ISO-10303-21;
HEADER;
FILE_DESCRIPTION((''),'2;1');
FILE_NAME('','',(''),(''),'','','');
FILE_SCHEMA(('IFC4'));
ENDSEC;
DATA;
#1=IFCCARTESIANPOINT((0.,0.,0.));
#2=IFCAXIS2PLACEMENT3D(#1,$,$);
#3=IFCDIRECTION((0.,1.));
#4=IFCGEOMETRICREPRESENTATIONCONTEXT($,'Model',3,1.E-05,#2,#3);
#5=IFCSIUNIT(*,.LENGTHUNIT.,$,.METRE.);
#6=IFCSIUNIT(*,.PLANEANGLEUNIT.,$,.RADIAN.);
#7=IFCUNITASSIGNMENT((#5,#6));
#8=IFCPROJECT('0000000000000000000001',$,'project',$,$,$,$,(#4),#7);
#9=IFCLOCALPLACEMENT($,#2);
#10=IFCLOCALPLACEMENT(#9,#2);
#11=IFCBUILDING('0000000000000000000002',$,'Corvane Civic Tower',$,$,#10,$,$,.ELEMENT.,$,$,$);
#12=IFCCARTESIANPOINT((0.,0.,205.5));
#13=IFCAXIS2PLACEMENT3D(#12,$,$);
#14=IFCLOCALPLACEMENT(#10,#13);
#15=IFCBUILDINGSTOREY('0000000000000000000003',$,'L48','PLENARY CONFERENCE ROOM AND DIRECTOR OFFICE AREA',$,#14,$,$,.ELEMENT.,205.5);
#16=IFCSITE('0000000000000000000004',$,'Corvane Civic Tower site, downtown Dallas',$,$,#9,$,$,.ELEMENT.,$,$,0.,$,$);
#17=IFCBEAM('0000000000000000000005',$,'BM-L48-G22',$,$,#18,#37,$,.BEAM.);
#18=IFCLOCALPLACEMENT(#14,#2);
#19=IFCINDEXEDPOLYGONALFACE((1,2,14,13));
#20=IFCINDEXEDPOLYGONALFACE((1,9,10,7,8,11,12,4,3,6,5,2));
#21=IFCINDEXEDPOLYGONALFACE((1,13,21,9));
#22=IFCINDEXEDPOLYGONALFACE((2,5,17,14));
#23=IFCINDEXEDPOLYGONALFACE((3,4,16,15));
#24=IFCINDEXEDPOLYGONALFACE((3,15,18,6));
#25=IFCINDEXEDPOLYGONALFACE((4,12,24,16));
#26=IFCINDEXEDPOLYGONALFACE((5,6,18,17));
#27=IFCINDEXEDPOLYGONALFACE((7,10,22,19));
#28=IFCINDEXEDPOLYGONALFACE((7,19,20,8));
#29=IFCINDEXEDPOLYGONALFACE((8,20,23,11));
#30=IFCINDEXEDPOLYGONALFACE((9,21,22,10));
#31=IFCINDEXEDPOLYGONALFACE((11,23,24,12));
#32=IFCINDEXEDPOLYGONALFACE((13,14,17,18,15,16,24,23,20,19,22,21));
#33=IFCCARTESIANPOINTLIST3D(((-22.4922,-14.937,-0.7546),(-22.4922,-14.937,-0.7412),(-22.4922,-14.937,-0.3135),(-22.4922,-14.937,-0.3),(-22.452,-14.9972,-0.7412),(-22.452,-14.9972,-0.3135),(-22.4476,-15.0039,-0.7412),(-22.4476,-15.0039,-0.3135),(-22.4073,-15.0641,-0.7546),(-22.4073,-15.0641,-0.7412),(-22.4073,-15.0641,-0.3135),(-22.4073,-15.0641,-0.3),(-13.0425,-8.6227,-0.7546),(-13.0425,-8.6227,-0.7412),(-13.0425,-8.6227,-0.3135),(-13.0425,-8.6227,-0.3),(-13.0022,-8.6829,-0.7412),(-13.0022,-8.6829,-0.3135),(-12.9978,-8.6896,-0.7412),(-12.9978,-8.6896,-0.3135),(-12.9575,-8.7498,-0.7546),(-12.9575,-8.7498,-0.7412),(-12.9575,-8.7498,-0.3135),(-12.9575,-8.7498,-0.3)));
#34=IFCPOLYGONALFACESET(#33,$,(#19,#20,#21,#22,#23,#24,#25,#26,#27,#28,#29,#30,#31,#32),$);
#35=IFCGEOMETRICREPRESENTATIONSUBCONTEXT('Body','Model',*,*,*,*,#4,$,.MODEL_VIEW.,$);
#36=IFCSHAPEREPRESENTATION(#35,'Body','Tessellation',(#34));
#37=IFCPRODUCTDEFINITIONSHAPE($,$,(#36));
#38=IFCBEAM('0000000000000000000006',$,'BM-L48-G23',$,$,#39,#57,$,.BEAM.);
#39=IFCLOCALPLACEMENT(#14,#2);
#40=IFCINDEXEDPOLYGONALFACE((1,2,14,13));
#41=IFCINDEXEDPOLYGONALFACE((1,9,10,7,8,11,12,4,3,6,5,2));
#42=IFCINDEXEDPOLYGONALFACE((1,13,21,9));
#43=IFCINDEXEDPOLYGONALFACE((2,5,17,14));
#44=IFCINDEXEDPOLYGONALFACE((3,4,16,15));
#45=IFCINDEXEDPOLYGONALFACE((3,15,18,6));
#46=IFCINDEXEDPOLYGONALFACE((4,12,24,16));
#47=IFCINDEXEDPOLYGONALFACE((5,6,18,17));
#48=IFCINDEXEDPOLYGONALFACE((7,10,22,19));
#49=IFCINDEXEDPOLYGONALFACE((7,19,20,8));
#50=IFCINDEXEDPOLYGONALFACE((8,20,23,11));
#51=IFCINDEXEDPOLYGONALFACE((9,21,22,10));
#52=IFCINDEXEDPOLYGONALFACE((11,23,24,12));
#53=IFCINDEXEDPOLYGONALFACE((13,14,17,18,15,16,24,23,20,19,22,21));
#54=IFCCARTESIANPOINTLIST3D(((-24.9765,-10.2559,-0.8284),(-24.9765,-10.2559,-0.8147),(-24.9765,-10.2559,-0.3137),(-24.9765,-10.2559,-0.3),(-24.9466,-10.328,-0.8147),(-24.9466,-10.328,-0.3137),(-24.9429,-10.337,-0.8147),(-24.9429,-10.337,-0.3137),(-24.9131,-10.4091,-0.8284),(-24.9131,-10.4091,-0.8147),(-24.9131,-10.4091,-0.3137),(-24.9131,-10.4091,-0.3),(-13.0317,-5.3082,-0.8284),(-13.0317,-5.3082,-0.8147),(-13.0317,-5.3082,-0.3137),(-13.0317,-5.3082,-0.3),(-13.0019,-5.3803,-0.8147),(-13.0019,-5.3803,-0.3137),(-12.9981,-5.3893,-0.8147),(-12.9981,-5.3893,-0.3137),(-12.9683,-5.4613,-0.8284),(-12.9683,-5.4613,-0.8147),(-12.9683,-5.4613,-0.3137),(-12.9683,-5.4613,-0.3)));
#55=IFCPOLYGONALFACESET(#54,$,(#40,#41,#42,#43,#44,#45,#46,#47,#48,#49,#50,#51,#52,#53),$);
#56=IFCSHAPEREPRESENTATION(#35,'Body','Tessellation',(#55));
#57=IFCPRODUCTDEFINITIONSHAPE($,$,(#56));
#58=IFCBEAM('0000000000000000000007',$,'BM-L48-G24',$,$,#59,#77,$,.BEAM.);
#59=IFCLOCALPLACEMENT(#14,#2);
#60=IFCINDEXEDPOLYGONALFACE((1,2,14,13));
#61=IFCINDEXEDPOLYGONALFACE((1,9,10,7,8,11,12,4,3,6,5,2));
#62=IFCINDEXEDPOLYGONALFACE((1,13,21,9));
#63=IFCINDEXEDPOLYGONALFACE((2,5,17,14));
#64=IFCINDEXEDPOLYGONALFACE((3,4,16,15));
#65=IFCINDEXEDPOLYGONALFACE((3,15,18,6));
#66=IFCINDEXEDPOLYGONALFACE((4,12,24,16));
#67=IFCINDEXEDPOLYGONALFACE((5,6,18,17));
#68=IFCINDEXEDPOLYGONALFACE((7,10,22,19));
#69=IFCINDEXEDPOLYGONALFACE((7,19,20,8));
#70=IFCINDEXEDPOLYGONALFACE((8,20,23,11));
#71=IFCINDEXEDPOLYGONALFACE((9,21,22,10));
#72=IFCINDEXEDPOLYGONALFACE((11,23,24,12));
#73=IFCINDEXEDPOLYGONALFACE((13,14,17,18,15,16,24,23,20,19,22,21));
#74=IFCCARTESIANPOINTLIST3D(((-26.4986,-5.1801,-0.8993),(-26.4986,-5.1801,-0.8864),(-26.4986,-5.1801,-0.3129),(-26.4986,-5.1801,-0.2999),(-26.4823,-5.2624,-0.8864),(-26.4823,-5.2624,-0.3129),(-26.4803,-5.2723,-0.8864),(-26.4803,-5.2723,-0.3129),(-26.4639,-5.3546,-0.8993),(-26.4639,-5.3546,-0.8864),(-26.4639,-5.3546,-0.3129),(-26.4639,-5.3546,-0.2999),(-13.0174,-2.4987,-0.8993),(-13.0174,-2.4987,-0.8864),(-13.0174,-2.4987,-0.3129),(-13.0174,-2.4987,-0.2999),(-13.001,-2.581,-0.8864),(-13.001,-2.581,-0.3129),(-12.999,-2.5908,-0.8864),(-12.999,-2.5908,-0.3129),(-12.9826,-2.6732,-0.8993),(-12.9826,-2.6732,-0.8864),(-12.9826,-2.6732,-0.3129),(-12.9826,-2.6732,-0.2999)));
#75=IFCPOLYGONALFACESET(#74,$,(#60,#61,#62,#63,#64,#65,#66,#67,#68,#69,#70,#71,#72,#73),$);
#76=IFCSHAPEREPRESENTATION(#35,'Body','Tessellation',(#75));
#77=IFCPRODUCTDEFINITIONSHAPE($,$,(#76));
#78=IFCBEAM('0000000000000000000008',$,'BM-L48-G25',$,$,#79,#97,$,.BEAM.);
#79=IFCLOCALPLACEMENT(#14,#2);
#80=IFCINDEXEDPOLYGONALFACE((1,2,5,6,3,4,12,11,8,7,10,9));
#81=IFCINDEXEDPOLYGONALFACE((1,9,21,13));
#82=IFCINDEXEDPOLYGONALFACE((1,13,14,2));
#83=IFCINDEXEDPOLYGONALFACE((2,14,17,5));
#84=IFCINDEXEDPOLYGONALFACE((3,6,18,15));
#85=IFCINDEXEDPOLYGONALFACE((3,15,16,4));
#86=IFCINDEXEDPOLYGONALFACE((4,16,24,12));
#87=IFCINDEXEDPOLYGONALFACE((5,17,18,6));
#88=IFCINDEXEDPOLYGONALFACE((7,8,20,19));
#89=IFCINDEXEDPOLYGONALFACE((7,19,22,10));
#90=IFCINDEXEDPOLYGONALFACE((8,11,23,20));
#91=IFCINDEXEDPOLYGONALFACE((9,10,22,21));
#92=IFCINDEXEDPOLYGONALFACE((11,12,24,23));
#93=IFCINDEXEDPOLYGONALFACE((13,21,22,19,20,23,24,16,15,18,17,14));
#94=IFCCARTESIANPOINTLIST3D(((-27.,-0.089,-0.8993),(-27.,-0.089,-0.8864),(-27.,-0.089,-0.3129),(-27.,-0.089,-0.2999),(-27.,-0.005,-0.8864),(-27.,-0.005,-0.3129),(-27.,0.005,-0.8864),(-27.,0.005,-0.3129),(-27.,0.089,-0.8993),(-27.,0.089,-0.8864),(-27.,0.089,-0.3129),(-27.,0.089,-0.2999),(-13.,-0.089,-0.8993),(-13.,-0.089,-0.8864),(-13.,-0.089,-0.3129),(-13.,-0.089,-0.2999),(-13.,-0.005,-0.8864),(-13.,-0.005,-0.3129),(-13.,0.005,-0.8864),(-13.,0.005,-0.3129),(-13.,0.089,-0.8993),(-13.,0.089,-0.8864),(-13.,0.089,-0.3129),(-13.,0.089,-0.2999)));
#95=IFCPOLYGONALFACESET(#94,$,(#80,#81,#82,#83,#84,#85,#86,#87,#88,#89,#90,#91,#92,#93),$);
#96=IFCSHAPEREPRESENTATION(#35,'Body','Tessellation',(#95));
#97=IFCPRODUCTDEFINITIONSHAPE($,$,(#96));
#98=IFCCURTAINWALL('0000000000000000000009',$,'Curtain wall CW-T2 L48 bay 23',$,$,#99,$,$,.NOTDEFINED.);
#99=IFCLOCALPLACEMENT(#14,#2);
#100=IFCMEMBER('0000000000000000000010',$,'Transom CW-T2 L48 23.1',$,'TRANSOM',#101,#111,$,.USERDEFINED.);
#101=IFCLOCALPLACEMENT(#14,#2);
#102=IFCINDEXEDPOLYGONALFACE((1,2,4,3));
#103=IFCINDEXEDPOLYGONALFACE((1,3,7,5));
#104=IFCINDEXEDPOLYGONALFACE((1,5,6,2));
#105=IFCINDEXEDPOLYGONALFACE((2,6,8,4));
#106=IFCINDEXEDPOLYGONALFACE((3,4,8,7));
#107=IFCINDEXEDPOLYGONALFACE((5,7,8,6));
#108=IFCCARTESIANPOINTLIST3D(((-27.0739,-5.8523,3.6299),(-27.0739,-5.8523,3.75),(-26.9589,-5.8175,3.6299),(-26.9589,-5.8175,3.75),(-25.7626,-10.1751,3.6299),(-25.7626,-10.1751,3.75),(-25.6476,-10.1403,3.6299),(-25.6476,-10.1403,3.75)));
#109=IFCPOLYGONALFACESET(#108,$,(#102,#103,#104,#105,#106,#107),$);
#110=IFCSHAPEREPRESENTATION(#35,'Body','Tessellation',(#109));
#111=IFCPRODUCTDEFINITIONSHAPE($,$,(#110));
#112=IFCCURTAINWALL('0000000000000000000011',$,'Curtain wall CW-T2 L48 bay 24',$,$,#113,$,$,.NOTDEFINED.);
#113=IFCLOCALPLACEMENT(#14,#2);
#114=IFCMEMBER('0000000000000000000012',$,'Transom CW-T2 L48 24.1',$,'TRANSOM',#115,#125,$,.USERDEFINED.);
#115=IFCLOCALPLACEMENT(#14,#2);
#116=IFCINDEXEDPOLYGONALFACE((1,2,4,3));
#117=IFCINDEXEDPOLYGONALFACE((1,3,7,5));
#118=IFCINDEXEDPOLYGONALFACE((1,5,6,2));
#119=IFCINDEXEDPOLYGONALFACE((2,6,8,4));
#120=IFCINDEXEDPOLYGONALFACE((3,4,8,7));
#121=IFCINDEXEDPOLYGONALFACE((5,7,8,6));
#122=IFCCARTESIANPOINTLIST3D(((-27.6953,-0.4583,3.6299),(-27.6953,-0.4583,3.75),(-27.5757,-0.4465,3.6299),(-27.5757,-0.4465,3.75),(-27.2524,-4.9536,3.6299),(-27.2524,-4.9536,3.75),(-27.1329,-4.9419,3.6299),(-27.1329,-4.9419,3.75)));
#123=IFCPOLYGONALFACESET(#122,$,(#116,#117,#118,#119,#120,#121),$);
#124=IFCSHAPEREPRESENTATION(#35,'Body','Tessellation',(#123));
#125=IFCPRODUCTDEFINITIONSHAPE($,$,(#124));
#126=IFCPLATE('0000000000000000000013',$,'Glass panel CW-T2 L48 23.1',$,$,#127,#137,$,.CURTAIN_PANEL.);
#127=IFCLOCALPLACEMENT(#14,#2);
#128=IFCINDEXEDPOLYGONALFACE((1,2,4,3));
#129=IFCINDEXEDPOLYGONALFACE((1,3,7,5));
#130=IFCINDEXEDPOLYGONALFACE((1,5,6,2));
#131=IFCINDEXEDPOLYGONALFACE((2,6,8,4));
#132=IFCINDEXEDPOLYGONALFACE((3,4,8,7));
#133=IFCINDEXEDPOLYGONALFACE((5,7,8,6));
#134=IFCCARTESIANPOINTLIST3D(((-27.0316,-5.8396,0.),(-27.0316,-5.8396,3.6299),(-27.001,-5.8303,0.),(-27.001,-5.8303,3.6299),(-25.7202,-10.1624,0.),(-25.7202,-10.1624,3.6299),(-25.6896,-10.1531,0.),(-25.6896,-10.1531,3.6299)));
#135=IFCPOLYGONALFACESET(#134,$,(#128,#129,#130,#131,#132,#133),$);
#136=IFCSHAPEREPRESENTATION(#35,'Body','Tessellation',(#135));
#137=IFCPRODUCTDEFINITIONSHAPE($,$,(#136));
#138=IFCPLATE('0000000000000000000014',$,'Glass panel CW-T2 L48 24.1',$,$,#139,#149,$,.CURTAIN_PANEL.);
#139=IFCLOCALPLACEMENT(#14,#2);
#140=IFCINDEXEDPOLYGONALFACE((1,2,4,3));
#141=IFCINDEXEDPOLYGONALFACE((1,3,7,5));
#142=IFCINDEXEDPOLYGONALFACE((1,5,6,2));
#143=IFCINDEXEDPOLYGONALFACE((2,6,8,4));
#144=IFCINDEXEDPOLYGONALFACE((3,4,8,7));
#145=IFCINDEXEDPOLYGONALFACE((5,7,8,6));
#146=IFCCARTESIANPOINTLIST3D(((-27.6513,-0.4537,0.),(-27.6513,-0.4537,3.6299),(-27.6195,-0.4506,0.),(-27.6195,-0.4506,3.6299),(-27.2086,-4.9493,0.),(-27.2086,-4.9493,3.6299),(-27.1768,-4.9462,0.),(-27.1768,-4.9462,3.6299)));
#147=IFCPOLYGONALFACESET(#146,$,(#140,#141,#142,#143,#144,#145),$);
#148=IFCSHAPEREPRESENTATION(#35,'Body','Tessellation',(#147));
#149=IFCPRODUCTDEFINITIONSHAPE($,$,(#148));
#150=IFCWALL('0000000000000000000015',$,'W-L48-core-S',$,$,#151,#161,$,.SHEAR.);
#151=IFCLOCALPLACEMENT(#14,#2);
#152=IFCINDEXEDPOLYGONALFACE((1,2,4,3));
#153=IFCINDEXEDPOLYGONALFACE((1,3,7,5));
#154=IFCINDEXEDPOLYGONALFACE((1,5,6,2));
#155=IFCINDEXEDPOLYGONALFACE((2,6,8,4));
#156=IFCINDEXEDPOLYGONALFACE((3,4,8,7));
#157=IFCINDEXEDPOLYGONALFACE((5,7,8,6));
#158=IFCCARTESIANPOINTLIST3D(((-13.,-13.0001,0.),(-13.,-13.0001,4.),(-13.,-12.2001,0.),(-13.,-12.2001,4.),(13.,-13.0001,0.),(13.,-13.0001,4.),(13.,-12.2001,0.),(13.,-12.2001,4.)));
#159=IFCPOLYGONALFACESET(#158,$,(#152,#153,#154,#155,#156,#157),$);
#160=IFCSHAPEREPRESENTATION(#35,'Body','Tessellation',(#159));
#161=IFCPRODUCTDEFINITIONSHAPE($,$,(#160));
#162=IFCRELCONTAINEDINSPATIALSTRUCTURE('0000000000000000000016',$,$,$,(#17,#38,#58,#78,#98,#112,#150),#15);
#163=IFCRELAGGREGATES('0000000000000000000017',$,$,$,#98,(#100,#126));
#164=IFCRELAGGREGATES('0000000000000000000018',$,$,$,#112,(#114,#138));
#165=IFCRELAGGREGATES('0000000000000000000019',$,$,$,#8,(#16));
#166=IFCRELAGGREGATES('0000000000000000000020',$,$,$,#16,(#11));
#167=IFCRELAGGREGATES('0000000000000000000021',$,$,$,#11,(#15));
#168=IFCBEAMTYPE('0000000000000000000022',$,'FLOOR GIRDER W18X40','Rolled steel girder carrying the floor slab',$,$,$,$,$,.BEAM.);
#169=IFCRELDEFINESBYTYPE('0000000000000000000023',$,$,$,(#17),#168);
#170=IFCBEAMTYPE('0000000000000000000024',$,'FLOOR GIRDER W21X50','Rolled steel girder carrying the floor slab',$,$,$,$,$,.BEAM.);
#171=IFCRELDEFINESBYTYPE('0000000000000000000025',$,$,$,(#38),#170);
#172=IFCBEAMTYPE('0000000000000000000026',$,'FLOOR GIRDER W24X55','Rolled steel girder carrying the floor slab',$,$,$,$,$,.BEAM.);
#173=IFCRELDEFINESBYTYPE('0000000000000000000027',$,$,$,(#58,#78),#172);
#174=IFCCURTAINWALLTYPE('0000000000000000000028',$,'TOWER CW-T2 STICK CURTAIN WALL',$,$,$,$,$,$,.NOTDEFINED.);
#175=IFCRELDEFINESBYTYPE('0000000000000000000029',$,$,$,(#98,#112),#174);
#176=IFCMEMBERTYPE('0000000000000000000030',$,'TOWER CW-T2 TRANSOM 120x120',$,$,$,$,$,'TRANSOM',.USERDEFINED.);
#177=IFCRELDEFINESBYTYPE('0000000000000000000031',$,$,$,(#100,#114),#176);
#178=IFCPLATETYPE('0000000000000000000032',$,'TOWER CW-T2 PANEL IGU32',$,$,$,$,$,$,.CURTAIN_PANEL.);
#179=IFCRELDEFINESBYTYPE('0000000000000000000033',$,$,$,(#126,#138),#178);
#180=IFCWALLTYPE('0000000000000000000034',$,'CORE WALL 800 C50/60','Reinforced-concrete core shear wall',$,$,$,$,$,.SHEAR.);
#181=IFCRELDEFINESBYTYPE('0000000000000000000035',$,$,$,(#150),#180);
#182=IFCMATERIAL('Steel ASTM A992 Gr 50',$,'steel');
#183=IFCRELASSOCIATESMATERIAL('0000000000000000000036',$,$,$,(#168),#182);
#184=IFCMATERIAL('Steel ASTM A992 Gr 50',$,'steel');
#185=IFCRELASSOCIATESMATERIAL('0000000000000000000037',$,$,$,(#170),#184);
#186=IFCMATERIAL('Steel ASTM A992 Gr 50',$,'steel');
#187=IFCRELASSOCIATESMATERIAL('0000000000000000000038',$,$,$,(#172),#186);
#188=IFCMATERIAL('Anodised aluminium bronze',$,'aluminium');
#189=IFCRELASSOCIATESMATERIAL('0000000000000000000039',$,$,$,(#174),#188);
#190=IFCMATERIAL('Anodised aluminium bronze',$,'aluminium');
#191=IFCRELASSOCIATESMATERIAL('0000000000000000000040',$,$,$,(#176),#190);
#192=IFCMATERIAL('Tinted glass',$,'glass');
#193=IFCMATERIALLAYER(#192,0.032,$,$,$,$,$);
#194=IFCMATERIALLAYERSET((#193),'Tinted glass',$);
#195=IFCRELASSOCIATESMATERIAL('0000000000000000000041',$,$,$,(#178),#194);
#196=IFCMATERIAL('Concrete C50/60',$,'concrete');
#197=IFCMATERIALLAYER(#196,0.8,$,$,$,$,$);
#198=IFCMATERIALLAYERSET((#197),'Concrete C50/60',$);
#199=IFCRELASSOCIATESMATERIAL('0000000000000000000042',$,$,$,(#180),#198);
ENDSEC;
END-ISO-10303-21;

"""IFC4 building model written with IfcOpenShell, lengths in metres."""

from ifc_helpers import new_model, si_unit, direction, frame, frame_2d, origin, origin_2d, place, context, subcontext, project, spatial, rectangle, i_section, extrude, material, layer, layer_set, material_profile, profile_set, type_object, element, aggregate, save


model = new_model("IFC4")

# Units and contexts
model_context = context("Model", 3, precision=1e-05, world=origin(), true_north=direction((0.0, 1.0)))
body_context = subcontext(model_context, "Body", "Model", "MODEL_VIEW")
ifc_project = project(units=[si_unit("LENGTHUNIT", "METRE"), si_unit("PLANEANGLEUNIT", "RADIAN")], contexts=[model_context])

# Site, building, storey
site_placement = place(None, origin())
site = spatial("IfcSite", under=ifc_project, at=site_placement, Name="Corvane Civic Tower site, downtown Dallas", CompositionType="ELEMENT", RefElevation=0.0)
building_placement = place(site_placement, origin())
building = spatial("IfcBuilding", under=site, at=building_placement, Name="Corvane Civic Tower", CompositionType="ELEMENT")
storey_placement = place(building_placement, frame((0.0, 0.0, 205.5)))
storey = spatial("IfcBuildingStorey", under=building, at=storey_placement, Name="L48", Description="PLENARY CONFERENCE ROOM AND DIRECTOR OFFICE AREA", CompositionType="ELEMENT", Elevation=205.5)

# Beams
ifc_material_1 = material(Name="Steel ASTM A992 Gr 50", Category="steel")
ifc_material_profile_1 = material_profile(ifc_material_1, i_section(OverallWidth=0.1528, OverallDepth=0.4546, WebThickness=0.0081, FlangeThickness=0.0134, at=origin_2d()), Name="W18X40")
ifc_profile_set_1 = profile_set([ifc_material_profile_1], Name="Steel ASTM A992 Gr 50")
beam_type_1 = type_object("IfcBeamType", Name="FLOOR GIRDER W18X40", Description="Rolled steel girder carrying the floor slab", PredefinedType="BEAM", material=ifc_profile_set_1)
beam_1_placement = place(storey_placement, frame((-13.0, -8.6863, -0.5273), z_axis=(-0.831465, -0.555577, 0.0), x_axis=(0.555577, -0.831465, 0.0)))
element("IfcBeam", 1, at=beam_1_placement, inside=storey, type_object=beam_type_1, Name="BM-L48-G22", PredefinedType="BEAM", context=body_context, shape_type="SweptSolid", body=[
    extrude(i_section(OverallWidth=0.1528, OverallDepth=0.4546, WebThickness=0.0081, FlangeThickness=0.0134, at=origin_2d()), origin(), (0.0, 0.0, 1.0), 11.3652),
])
ifc_material_2 = material(Name="Steel ASTM A992 Gr 50", Category="steel")
ifc_material_profile_2 = material_profile(ifc_material_2, i_section(OverallWidth=0.1658, OverallDepth=0.5283, WebThickness=0.0098, FlangeThickness=0.0137, at=origin_2d()), Name="W21X50")
ifc_profile_set_2 = profile_set([ifc_material_profile_2], Name="Steel ASTM A992 Gr 50")
beam_type_2 = type_object("IfcBeamType", Name="FLOOR GIRDER W21X50", Description="Rolled steel girder carrying the floor slab", PredefinedType="BEAM", material=ifc_profile_set_2)
beam_2_placement = place(storey_placement, frame((-13.0, -5.3848, -0.5642), z_axis=(-0.923878, -0.382686, 0.0), x_axis=(0.382686, -0.923878, 0.0)))
element("IfcBeam", 2, at=beam_2_placement, inside=storey, type_object=beam_type_2, Name="BM-L48-G23", PredefinedType="BEAM", context=body_context, shape_type="SweptSolid", body=[
    extrude(i_section(OverallWidth=0.1658, OverallDepth=0.5283, WebThickness=0.0098, FlangeThickness=0.0137, at=origin_2d()), origin(), (0.0, 0.0, 1.0), 12.929),
])
ifc_material_3 = material(Name="Steel ASTM A992 Gr 50", Category="steel")
ifc_material_profile_3 = material_profile(ifc_material_3, i_section(OverallWidth=0.178, OverallDepth=0.5994, WebThickness=0.01, FlangeThickness=0.0129, at=origin_2d()), Name="W24X55")
ifc_profile_set_3 = profile_set([ifc_material_profile_3], Name="Steel ASTM A992 Gr 50")
beam_type_3 = type_object("IfcBeamType", Name="FLOOR GIRDER W24X55", Description="Rolled steel girder carrying the floor slab", PredefinedType="BEAM", material=ifc_profile_set_3)
beam_3_placement = place(storey_placement, frame((-13.0, -2.5859, -0.5996), z_axis=(-0.980788, -0.195078, 0.0), x_axis=(0.195078, -0.980788, 0.0)))
element("IfcBeam", 3, at=beam_3_placement, inside=storey, type_object=beam_type_3, Name="BM-L48-G24", PredefinedType="BEAM", context=body_context, shape_type="SweptSolid", body=[
    extrude(i_section(OverallWidth=0.178, OverallDepth=0.5994, WebThickness=0.01, FlangeThickness=0.0129, at=origin_2d()), origin(), (0.0, 0.0, 1.0), 13.7454),
])
beam_4_placement = place(storey_placement, frame((-13.0, 0.0, -0.5996), z_axis=(-1.0, 0.0, 0.0), x_axis=(0.0, -1.0, 0.0)))
element("IfcBeam", 4, at=beam_4_placement, inside=storey, type_object=beam_type_3, Name="BM-L48-G25", PredefinedType="BEAM", context=body_context, shape_type="SweptSolid", body=[
    extrude(i_section(OverallWidth=0.178, OverallDepth=0.5994, WebThickness=0.01, FlangeThickness=0.0129, at=origin_2d()), origin(), (0.0, 0.0, 1.0), 14.0),
])

# Curtain walls, members
ifc_material_4 = material(Name="Anodised aluminium bronze", Category="aluminium")
curtain_wall_type = type_object("IfcCurtainWallType", Name="TOWER CW-T2 STICK CURTAIN WALL", PredefinedType="NOTDEFINED", material=ifc_material_4)
curtain_wall_1_placement = place(storey_placement, origin())
curtain_wall_1 = element("IfcCurtainWall", 5, at=curtain_wall_1_placement, inside=storey, type_object=curtain_wall_type, Name="Curtain wall CW-T2 L48 bay 23", PredefinedType="NOTDEFINED")
ifc_material_5 = material(Name="Anodised aluminium bronze", Category="aluminium")
ifc_material_profile_4 = material_profile(ifc_material_5, rectangle(XDim=0.1201, YDim=0.1201, at=origin_2d()), Name="TOWER CW-T2 TRANSOM 120x120")
ifc_profile_set_4 = profile_set([ifc_material_profile_4], Name="Anodised aluminium bronze")
member_type = type_object("IfcMemberType", Name="TOWER CW-T2 TRANSOM 120x120", ElementType="TRANSOM", PredefinedType="USERDEFINED", material=ifc_profile_set_4)
member_1_placement = place(storey_placement, frame((-25.7051, -10.1577, 3.6899), z_axis=(-0.290282, 0.956941, 0.0), x_axis=(-0.956941, -0.290282, 0.0)))
member_1 = element("IfcMember", 6, at=member_1_placement, type_object=member_type, Name="Transom CW-T2 L48 23.1", ObjectType="TRANSOM", PredefinedType="USERDEFINED", context=body_context, shape_type="SweptSolid", body=[
    extrude(rectangle(XDim=0.1201, YDim=0.1201, at=origin_2d()), origin(), (0.0, 0.0, 1.0), 4.5173),
])
curtain_wall_2_placement = place(storey_placement, origin())
curtain_wall_2 = element("IfcCurtainWall", 7, at=curtain_wall_2_placement, inside=storey, type_object=curtain_wall_type, Name="Curtain wall CW-T2 L48 bay 24", PredefinedType="NOTDEFINED")
member_2_placement = place(storey_placement, frame((-27.1926, -4.9478, 3.6899), z_axis=(-0.098043, 0.995182, 0.0), x_axis=(-0.995182, -0.098043, 0.0)))
member_2 = element("IfcMember", 8, at=member_2_placement, type_object=member_type, Name="Transom CW-T2 L48 24.1", ObjectType="TRANSOM", PredefinedType="USERDEFINED", context=body_context, shape_type="SweptSolid", body=[
    extrude(rectangle(XDim=0.1201, YDim=0.1201, at=origin_2d()), origin(), (0.0, 0.0, 1.0), 4.5171),
])

# Plates
ifc_material_6 = material(Name="Tinted glass", Category="glass")
ifc_layer_1 = layer(ifc_material_6, 0.032)
ifc_layer_set_1 = layer_set([ifc_layer_1], Name="Tinted glass")
plate_type = type_object("IfcPlateType", Name="TOWER CW-T2 PANEL IGU32", PredefinedType="CURTAIN_PANEL", material=ifc_layer_set_1)
plate_1_placement = place(storey_placement, frame((-26.3606, -7.9963, 0.0), z_axis=(0.0, 0.0, 1.0), x_axis=(-0.29029, 0.956939, 0.0)))
plate_1 = element("IfcPlate", 9, at=plate_1_placement, type_object=plate_type, Name="Glass panel CW-T2 L48 23.1", PredefinedType="CURTAIN_PANEL", context=body_context, shape_type="SweptSolid", body=[
    extrude(rectangle(XDim=4.5173, YDim=0.032, at=origin_2d()), origin(), (0.0, 0.0, 1.0), 3.6299),
])
aggregate(curtain_wall_1, [member_1, plate_1])
plate_2_placement = place(storey_placement, frame((-27.4141, -2.7, 0.0), z_axis=(0.0, 0.0, 1.0), x_axis=(-0.097993, 0.995187, 0.0)))
plate_2 = element("IfcPlate", 10, at=plate_2_placement, type_object=plate_type, Name="Glass panel CW-T2 L48 24.1", PredefinedType="CURTAIN_PANEL", context=body_context, shape_type="SweptSolid", body=[
    extrude(rectangle(XDim=4.5173, YDim=0.032, at=origin_2d()), origin(), (0.0, 0.0, 1.0), 3.6299),
])
aggregate(curtain_wall_2, [member_2, plate_2])

# Wall
ifc_material_7 = material(Name="Concrete C50/60", Category="concrete")
ifc_layer_2 = layer(ifc_material_7, 0.8)
ifc_layer_set_2 = layer_set([ifc_layer_2], Name="Concrete C50/60")
wall_type_1 = type_object("IfcWallType", Name="CORE WALL 800 C50/60", Description="Reinforced-concrete core shear wall", PredefinedType="SHEAR", material=ifc_layer_set_2)
wall_1_placement = place(storey_placement, frame((-13.0, -12.6001, 0.0), z_axis=(0.0, 0.0, 1.0), x_axis=(1.0, 0.0, 0.0)))
element("IfcWall", 11, at=wall_1_placement, inside=storey, type_object=wall_type_1, Name="W-L48-core-S", PredefinedType="SHEAR", context=body_context, shape_type="SweptSolid", body=[
    extrude(rectangle(XDim=26.0, YDim=0.8, at=frame_2d((13.0, 0.0))), origin(), (0.0, 0.0, 1.0), 4.0),
])

save(model, "model.ifc")
